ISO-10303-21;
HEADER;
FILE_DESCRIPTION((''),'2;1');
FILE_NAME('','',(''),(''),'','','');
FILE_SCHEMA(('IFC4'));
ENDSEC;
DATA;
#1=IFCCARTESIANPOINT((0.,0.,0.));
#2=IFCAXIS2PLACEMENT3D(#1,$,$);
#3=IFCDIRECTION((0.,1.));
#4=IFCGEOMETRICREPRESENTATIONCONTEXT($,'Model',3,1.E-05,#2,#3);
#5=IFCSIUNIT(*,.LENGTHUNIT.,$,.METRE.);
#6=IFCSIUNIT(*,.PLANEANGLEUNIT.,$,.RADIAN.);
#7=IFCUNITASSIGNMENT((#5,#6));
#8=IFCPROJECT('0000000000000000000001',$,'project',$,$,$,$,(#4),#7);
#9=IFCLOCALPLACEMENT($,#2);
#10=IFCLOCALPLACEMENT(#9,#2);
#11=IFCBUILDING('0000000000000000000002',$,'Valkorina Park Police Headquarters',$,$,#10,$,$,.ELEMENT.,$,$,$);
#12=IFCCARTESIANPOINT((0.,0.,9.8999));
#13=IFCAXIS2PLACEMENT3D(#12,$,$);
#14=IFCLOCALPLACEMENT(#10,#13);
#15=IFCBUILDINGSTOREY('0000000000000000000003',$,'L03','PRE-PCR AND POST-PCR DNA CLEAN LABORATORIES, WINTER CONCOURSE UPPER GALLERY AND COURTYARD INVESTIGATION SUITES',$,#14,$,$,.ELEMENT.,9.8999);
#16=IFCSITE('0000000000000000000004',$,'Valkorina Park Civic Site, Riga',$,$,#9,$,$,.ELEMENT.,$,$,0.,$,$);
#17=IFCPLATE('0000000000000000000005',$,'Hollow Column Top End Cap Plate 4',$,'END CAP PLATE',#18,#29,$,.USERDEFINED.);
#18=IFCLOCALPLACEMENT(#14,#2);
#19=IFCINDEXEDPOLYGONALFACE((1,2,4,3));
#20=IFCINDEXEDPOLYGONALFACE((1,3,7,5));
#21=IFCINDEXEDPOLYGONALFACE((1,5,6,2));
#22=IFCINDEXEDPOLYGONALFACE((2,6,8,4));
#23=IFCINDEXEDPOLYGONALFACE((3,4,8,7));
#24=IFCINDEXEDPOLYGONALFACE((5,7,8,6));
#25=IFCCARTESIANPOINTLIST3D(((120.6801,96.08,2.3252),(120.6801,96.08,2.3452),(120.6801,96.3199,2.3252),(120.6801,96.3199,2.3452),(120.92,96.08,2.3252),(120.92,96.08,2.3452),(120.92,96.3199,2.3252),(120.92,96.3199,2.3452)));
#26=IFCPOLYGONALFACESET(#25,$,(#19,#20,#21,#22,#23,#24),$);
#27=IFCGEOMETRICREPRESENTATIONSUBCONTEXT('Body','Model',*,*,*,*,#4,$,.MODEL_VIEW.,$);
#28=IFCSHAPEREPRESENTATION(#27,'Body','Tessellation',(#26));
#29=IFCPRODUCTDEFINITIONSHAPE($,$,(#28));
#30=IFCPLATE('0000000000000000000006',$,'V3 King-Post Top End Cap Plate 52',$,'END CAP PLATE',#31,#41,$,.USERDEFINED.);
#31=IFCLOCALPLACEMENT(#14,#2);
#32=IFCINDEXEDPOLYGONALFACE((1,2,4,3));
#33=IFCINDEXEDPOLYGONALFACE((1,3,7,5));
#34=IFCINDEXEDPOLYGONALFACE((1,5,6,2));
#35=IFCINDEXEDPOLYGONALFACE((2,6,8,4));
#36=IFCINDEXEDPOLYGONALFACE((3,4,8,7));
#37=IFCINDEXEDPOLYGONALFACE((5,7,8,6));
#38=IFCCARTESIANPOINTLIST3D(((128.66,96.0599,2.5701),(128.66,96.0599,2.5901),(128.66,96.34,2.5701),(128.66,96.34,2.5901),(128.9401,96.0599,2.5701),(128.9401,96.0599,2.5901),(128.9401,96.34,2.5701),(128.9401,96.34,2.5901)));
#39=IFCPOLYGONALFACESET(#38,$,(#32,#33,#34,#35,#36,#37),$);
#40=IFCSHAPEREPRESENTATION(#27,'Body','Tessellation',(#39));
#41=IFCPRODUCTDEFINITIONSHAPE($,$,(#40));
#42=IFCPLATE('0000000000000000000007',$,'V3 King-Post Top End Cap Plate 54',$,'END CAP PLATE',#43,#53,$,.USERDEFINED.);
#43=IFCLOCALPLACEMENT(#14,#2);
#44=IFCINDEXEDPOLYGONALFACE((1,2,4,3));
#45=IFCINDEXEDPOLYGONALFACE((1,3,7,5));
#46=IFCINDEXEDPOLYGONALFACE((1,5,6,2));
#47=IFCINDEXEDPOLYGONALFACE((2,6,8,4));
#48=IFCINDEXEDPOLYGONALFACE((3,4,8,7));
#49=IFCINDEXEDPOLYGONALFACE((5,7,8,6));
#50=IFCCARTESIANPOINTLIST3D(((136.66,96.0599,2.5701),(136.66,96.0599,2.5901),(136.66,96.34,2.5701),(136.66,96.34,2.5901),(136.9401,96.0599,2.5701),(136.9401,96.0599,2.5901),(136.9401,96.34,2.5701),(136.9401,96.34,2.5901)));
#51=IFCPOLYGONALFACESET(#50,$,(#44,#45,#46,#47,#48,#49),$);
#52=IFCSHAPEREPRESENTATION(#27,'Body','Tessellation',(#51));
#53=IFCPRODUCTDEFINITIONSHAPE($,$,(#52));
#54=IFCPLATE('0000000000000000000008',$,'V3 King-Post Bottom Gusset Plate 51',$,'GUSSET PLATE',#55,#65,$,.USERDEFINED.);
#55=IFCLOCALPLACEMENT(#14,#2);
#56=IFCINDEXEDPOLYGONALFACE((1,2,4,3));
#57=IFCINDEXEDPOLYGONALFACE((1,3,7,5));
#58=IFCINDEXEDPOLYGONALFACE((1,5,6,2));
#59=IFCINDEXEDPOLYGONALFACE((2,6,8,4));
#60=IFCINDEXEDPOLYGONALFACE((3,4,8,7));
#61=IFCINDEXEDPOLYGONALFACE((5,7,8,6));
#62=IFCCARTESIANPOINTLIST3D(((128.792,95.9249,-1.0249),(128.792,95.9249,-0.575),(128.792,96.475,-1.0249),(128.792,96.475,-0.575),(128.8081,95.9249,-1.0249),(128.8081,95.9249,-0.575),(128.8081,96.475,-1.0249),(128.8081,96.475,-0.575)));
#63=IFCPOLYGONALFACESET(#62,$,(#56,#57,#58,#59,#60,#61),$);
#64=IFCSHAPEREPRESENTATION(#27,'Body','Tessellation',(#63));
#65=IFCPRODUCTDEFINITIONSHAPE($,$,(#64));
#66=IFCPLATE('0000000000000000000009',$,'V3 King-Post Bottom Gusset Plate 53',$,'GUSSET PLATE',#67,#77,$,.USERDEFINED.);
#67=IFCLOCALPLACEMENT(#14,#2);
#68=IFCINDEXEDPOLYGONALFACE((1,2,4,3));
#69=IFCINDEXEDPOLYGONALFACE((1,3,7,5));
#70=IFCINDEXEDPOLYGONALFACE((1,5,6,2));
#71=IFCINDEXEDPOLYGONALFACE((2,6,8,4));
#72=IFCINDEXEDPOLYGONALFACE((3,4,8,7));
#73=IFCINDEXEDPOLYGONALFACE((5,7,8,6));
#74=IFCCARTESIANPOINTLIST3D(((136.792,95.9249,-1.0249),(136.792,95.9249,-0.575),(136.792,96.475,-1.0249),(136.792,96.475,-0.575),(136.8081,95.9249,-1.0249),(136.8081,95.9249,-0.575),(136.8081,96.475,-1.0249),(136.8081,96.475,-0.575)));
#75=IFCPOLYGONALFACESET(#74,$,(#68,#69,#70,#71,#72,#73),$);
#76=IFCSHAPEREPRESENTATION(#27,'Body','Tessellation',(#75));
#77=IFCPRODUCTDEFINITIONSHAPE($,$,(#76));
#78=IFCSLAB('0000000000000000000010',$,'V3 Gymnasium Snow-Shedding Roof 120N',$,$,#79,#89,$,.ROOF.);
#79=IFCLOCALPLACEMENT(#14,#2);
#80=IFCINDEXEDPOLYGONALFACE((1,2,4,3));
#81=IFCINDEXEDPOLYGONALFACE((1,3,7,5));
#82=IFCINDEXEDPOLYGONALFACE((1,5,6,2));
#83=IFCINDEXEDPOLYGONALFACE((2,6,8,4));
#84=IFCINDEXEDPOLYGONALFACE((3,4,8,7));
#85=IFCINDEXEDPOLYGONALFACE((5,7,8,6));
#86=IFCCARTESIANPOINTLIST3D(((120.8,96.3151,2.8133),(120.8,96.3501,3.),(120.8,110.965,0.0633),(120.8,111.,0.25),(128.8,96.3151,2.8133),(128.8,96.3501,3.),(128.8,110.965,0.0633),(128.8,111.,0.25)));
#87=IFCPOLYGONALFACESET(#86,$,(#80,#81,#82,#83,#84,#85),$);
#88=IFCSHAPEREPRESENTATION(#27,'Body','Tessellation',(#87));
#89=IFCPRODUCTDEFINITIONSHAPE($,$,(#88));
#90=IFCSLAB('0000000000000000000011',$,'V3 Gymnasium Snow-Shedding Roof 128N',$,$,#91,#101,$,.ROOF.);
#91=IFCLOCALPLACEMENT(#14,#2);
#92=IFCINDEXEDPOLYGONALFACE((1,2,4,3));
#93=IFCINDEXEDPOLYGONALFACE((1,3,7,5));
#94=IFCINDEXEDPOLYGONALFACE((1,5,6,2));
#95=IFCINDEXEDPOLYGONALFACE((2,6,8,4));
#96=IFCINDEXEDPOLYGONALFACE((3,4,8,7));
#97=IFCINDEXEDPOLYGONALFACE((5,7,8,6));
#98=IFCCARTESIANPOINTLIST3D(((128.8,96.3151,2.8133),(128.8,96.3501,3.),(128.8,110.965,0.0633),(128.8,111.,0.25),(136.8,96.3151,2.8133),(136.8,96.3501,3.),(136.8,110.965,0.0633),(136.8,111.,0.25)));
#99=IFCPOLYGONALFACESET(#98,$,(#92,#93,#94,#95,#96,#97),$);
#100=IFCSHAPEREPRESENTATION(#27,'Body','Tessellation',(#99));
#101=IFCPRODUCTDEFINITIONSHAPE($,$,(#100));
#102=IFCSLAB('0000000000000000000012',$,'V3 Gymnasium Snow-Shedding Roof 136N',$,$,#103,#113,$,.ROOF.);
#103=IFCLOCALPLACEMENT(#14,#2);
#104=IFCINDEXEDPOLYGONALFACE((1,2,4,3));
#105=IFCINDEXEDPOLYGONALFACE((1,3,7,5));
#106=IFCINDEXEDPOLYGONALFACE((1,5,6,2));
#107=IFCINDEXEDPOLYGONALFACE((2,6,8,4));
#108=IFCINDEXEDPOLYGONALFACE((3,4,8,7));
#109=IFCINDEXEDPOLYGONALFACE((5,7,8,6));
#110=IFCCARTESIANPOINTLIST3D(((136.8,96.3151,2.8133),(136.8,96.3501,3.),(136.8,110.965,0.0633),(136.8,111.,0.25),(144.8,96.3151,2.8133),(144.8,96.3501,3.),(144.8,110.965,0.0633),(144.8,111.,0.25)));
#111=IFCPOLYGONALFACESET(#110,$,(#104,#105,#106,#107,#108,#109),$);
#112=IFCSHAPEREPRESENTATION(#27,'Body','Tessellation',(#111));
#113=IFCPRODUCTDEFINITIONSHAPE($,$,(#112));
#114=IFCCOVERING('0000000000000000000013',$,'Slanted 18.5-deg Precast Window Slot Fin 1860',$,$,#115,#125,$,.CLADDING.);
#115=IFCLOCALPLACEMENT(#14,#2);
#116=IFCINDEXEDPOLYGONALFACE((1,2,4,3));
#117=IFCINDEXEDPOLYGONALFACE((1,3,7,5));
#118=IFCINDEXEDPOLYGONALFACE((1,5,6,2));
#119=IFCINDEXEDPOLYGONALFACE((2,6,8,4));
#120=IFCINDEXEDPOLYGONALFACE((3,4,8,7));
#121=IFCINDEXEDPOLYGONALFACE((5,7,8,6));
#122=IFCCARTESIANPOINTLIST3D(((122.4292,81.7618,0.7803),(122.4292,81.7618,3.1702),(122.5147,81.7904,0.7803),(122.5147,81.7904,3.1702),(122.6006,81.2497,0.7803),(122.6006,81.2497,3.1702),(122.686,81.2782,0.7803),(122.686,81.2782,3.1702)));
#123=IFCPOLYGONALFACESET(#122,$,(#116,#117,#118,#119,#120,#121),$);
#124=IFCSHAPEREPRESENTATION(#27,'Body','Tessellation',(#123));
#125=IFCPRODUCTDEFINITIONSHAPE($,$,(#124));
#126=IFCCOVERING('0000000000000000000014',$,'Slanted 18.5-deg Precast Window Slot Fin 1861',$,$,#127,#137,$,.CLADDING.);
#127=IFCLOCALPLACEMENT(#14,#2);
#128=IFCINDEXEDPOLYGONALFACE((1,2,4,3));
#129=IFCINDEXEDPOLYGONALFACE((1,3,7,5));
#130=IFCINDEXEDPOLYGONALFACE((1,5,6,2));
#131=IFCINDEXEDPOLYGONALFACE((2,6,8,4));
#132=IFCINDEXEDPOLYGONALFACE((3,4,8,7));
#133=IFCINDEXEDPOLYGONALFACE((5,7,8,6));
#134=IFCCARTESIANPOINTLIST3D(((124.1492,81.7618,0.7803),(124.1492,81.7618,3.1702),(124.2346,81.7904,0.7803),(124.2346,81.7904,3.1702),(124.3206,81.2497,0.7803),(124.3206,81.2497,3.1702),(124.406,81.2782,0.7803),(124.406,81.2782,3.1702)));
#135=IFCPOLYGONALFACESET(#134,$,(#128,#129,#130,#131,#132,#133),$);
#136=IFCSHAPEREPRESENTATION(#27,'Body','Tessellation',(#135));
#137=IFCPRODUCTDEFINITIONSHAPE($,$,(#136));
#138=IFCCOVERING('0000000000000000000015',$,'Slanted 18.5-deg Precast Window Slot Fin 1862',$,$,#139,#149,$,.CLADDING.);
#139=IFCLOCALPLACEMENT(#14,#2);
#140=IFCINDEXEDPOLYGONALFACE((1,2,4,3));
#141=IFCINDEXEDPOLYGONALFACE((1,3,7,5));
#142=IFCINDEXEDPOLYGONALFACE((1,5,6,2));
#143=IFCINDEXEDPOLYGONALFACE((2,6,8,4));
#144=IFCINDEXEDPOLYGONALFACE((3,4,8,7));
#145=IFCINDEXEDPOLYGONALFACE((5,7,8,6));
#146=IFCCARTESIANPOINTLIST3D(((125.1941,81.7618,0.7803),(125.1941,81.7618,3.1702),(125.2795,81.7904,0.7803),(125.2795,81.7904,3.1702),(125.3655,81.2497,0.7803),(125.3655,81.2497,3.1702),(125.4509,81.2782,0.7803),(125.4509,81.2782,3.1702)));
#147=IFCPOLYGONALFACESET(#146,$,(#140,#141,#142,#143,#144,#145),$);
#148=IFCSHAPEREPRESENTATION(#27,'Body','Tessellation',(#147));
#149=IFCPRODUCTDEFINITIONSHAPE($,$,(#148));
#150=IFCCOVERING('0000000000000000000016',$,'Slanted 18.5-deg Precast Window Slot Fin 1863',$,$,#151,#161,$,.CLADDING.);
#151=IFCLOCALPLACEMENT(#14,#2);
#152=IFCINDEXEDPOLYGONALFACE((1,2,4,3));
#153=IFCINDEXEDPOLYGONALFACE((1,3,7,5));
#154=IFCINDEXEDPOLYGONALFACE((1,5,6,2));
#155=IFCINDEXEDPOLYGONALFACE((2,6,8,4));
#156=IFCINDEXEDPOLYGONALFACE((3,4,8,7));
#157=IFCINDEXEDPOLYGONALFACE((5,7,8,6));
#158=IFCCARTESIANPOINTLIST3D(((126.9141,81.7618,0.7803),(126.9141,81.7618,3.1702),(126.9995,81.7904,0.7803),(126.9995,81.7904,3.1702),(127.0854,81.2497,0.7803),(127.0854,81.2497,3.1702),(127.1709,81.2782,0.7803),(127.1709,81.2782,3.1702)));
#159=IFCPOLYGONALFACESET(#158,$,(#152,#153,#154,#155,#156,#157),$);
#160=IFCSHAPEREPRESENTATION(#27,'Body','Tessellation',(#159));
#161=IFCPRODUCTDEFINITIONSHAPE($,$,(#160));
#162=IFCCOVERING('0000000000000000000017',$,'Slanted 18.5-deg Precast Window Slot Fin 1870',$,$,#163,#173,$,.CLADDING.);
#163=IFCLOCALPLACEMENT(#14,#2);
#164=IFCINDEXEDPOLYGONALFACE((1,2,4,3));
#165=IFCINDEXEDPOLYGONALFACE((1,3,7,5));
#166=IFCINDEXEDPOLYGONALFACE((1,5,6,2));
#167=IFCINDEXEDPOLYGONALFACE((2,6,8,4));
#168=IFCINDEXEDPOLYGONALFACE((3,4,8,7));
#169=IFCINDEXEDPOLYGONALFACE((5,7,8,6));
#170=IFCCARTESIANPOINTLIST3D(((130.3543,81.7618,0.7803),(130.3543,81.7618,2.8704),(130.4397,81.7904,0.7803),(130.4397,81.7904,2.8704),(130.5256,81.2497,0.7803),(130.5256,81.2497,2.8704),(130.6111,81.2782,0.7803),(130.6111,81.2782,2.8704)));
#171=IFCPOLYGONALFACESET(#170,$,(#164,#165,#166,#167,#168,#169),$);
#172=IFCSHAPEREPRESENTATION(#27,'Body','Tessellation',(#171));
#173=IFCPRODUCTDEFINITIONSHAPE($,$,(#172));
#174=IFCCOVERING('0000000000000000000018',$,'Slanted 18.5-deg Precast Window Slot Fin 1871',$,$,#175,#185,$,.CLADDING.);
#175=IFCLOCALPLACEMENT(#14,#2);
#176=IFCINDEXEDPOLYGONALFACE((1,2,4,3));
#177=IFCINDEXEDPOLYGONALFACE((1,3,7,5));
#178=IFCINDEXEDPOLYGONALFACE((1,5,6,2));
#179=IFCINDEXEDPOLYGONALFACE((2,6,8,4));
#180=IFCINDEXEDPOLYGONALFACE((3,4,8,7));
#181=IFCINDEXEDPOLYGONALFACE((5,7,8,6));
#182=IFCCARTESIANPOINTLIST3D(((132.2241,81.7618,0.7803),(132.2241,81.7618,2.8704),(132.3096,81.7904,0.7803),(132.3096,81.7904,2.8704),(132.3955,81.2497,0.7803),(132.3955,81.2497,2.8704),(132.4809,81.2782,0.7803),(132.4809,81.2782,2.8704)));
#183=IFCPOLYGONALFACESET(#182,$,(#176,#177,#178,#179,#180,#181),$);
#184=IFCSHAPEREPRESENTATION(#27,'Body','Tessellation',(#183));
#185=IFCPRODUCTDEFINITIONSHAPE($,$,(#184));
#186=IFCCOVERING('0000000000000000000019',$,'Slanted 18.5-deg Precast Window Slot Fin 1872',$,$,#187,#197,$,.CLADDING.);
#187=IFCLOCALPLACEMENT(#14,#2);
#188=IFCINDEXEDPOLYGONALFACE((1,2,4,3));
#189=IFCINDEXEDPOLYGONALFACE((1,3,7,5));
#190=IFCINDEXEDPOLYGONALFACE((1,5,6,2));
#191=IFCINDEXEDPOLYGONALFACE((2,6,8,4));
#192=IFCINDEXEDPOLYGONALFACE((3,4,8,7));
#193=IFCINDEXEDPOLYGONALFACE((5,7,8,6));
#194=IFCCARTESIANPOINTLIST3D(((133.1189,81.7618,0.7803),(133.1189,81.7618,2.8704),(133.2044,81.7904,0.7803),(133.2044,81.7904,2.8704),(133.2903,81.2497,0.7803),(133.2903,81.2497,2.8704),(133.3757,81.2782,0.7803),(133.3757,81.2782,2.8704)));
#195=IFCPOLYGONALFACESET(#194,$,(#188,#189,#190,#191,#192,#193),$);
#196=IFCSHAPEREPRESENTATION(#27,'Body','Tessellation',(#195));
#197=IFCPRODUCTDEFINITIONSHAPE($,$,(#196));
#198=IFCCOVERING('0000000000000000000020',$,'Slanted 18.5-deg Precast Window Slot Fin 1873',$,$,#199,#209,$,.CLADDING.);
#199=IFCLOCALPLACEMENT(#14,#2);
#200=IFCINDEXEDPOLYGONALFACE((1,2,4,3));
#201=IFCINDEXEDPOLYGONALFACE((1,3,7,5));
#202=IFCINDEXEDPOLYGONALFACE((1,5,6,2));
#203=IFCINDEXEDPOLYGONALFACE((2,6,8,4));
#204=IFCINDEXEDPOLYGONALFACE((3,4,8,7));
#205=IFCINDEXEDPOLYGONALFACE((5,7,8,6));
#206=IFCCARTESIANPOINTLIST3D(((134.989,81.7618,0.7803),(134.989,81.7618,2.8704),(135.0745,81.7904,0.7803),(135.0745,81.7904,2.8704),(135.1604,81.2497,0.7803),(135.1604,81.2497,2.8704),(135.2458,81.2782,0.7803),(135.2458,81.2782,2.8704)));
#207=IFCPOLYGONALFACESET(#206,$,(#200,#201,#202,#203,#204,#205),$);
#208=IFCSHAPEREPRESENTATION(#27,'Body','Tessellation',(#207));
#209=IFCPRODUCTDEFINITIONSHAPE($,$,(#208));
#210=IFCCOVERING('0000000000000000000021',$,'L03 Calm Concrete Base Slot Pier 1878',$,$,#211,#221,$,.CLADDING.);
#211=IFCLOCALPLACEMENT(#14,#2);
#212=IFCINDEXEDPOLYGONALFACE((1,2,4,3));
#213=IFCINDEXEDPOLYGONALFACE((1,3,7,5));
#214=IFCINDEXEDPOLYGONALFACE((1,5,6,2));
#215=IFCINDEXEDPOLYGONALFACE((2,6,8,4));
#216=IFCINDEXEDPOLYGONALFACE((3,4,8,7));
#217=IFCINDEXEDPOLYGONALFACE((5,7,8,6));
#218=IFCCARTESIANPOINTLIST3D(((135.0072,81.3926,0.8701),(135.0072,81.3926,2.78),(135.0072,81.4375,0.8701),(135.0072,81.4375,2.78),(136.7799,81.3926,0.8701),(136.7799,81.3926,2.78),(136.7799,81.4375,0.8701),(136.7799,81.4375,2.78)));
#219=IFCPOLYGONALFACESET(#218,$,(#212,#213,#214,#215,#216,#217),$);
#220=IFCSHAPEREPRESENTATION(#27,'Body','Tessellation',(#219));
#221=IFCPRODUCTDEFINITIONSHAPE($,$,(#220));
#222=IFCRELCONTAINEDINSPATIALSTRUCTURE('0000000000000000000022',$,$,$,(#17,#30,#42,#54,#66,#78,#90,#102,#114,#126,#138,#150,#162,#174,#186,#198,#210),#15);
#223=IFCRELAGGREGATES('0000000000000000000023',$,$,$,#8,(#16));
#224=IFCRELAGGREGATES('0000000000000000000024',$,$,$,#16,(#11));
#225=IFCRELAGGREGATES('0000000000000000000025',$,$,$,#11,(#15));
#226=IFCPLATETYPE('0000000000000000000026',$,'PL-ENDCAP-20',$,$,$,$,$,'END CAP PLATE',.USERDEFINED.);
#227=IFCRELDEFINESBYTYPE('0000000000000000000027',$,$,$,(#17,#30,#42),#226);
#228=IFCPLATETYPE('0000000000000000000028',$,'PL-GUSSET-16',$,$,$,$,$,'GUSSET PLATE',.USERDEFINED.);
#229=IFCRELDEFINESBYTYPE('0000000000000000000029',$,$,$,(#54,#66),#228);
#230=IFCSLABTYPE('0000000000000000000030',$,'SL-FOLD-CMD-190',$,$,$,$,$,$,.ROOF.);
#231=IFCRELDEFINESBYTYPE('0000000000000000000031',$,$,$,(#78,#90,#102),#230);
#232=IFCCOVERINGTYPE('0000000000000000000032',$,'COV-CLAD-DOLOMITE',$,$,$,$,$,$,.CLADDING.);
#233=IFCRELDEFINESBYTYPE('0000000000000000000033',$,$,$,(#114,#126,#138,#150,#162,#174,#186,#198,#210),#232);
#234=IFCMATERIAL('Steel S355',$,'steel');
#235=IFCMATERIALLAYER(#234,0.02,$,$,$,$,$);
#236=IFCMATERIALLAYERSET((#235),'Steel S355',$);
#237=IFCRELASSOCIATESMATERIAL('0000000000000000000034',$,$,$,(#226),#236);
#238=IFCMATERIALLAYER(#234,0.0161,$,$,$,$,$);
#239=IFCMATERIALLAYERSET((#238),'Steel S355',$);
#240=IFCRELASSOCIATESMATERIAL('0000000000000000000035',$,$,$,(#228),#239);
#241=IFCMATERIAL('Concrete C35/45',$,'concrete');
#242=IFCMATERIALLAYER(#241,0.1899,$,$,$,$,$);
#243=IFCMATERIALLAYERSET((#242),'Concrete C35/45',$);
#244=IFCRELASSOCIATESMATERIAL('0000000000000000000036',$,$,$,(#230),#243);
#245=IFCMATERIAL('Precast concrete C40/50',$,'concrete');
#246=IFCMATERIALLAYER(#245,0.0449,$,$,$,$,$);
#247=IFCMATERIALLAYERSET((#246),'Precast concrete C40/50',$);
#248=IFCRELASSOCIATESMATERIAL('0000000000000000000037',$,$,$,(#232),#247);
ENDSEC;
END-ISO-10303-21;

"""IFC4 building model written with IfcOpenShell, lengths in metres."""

from ifc_helpers import new_model, si_unit, direction, frame, frame_2d, origin, origin_2d, place, context, subcontext, project, spatial, polyline, rectangle, outline, extrude, material, layer, layer_set, type_object, element, save


model = new_model("IFC4")

# Units and contexts
model_context = context("Model", 3, precision=1e-05, world=origin(), true_north=direction((0.0, 1.0)))
body_context = subcontext(model_context, "Body", "Model", "MODEL_VIEW")
ifc_project = project(units=[si_unit("LENGTHUNIT", "METRE"), si_unit("PLANEANGLEUNIT", "RADIAN")], contexts=[model_context])

# Site, building, storey
site_placement = place(None, origin())
site = spatial("IfcSite", under=ifc_project, at=site_placement, Name="Valkorina Park Civic Site, Riga", CompositionType="ELEMENT", RefElevation=0.0)
building_placement = place(site_placement, origin())
building = spatial("IfcBuilding", under=site, at=building_placement, Name="Valkorina Park Police Headquarters", CompositionType="ELEMENT")
storey_placement = place(building_placement, frame((0.0, 0.0, 9.8999)))
storey = spatial("IfcBuildingStorey", under=building, at=storey_placement, Name="L03", Description="PRE-PCR AND POST-PCR DNA CLEAN LABORATORIES, WINTER CONCOURSE UPPER GALLERY AND COURTYARD INVESTIGATION SUITES", CompositionType="ELEMENT", Elevation=9.8999)

# Shared definitions
ifc_material_1 = material(Name="Steel S355", Category="steel")

# Plates
ifc_layer_1 = layer(ifc_material_1, 0.02)
ifc_layer_set_1 = layer_set([ifc_layer_1], Name="Steel S355")
plate_type_1 = type_object("IfcPlateType", Name="PL-ENDCAP-20", ElementType="END CAP PLATE", PredefinedType="USERDEFINED", material=ifc_layer_set_1)
plate_placement = place(storey_placement, frame((120.8, 96.2, 2.3252), z_axis=(0.0, 0.0, 1.0), x_axis=(1.0, 0.0, 0.0)))
element("IfcPlate", 1, at=plate_placement, inside=storey, type_object=plate_type_1, Name="Hollow Column Top End Cap Plate 4", ObjectType="END CAP PLATE", PredefinedType="USERDEFINED", context=body_context, shape_type="SweptSolid", body=[
    extrude(rectangle(XDim=0.24, YDim=0.24, at=origin_2d()), origin(), (0.0, 0.0, 1.0), 0.02),
])
for number, where, z_axis, x_axis, name in (
    (2, (128.8, 96.2, 2.5701), (0.0, 0.0, 1.0), (1.0, 0.0, 0.0), "V3 King-Post Top End Cap Plate 52"),
    (3, (136.8, 96.2, 2.5701), (0.0, 0.0, 1.0), (1.0, 0.0, 0.0), "V3 King-Post Top End Cap Plate 54"),
):
    element("IfcPlate", number, at=place(storey_placement, frame(where, z_axis=z_axis, x_axis=x_axis)), inside=storey, type_object=plate_type_1, Name=name, ObjectType="END CAP PLATE", PredefinedType="USERDEFINED", context=body_context, shape_type="SweptSolid", body=[
        extrude(rectangle(XDim=0.28, YDim=0.28, at=origin_2d()), origin(), (0.0, 0.0, 1.0), 0.02),
    ])
ifc_layer_2 = layer(ifc_material_1, 0.0161)
ifc_layer_set_2 = layer_set([ifc_layer_2], Name="Steel S355")
plate_type_2 = type_object("IfcPlateType", Name="PL-GUSSET-16", ElementType="GUSSET PLATE", PredefinedType="USERDEFINED", material=ifc_layer_set_2)
for number, where, z_axis, x_axis, name in (
    (4, (128.8, 96.2, -1.0249), (0.0, 0.0, 1.0), (1.0, 0.0, 0.0), "V3 King-Post Bottom Gusset Plate 51"),
    (5, (136.8, 96.2, -1.0249), (0.0, 0.0, 1.0), (1.0, 0.0, 0.0), "V3 King-Post Bottom Gusset Plate 53"),
):
    element("IfcPlate", number, at=place(storey_placement, frame(where, z_axis=z_axis, x_axis=x_axis)), inside=storey, type_object=plate_type_2, Name=name, ObjectType="GUSSET PLATE", PredefinedType="USERDEFINED", context=body_context, shape_type="SweptSolid", body=[
        extrude(rectangle(XDim=0.0161, YDim=0.55, at=origin_2d()), origin(), (0.0, 0.0, 1.0), 0.45),
    ])

# Slabs
ifc_material_2 = material(Name="Concrete C35/45", Category="concrete")
ifc_layer_3 = layer(ifc_material_2, 0.1899)
ifc_layer_set_3 = layer_set([ifc_layer_3], Name="Concrete C35/45")
slab_type = type_object("IfcSlabType", Name="SL-FOLD-CMD-190", PredefinedType="ROOF", material=ifc_layer_set_3)
for number, where, z_axis, x_axis, name in (
    (6, (120.8, 96.3501, 3.0), (0.0, 0.184492, 0.982834), (1.0, 0.0, 0.0), "V3 Gymnasium Snow-Shedding Roof 120N"),
    (7, (128.8, 96.3501, 3.0), (0.0, 0.184492, 0.982834), (1.0, 0.0, 0.0), "V3 Gymnasium Snow-Shedding Roof 128N"),
    (8, (136.8, 96.3501, 3.0), (0.0, 0.184492, 0.982834), (1.0, 0.0, 0.0), "V3 Gymnasium Snow-Shedding Roof 136N"),
):
    element("IfcSlab", number, at=place(storey_placement, frame(where, z_axis=z_axis, x_axis=x_axis)), inside=storey, type_object=slab_type, Name=name, PredefinedType="ROOF", context=body_context, shape_type="SweptSolid", body=[
        extrude(outline(polyline([(0.0, 0.0), (8.0, 0.0), (8.0, 14.9058), (0.0, 14.9058), (0.0, 0.0)])), origin(), (0.0, 0.0, -1.0), 0.1899),
    ])

# Coverings
ifc_material_3 = material(Name="Precast concrete C40/50", Category="concrete")
ifc_layer_4 = layer(ifc_material_3, 0.0449)
ifc_layer_set_4 = layer_set([ifc_layer_4], Name="Precast concrete C40/50")
covering_type = type_object("IfcCoveringType", Name="COV-CLAD-DOLOMITE", PredefinedType="CLADDING", material=ifc_layer_set_4)
for number, where, z_axis, x_axis, name in (
    (9, (122.5576, 81.52, 0.7803), (0.0, 0.0, 1.0), (-0.317305, 0.948324, 0.0), "Slanted 18.5-deg Precast Window Slot Fin 1860"),
    (10, (124.2776, 81.52, 0.7803), (0.0, 0.0, 1.0), (-0.317305, 0.948324, 0.0), "Slanted 18.5-deg Precast Window Slot Fin 1861"),
    (11, (125.3225, 81.52, 0.7803), (0.0, 0.0, 1.0), (-0.317305, 0.948324, 0.0), "Slanted 18.5-deg Precast Window Slot Fin 1862"),
    (12, (127.0425, 81.52, 0.7803), (0.0, 0.0, 1.0), (-0.317305, 0.948324, 0.0), "Slanted 18.5-deg Precast Window Slot Fin 1863"),
):
    element("IfcCovering", number, at=place(storey_placement, frame(where, z_axis=z_axis, x_axis=x_axis)), inside=storey, type_object=covering_type, Name=name, PredefinedType="CLADDING", context=body_context, shape_type="SweptSolid", body=[
        extrude(rectangle(XDim=0.54, YDim=0.0901, at=origin_2d()), origin(), (0.0, 0.0, 1.0), 2.3899),
    ])
for number, where, z_axis, x_axis, name in (
    (13, (130.4827, 81.52, 0.7803), (0.0, 0.0, 1.0), (-0.317305, 0.948324, 0.0), "Slanted 18.5-deg Precast Window Slot Fin 1870"),
    (14, (132.3525, 81.52, 0.7803), (0.0, 0.0, 1.0), (-0.317305, 0.948324, 0.0), "Slanted 18.5-deg Precast Window Slot Fin 1871"),
    (15, (133.2473, 81.52, 0.7803), (0.0, 0.0, 1.0), (-0.317305, 0.948324, 0.0), "Slanted 18.5-deg Precast Window Slot Fin 1872"),
    (16, (135.1174, 81.52, 0.7803), (0.0, 0.0, 1.0), (-0.317305, 0.948324, 0.0), "Slanted 18.5-deg Precast Window Slot Fin 1873"),
):
    element("IfcCovering", number, at=place(storey_placement, frame(where, z_axis=z_axis, x_axis=x_axis)), inside=storey, type_object=covering_type, Name=name, PredefinedType="CLADDING", context=body_context, shape_type="SweptSolid", body=[
        extrude(rectangle(XDim=0.54, YDim=0.0901, at=origin_2d()), origin(), (0.0, 0.0, 1.0), 2.0901),
    ])
covering_1_placement = place(storey_placement, frame((135.0073, 81.415, 0.8701), z_axis=(0.0, 0.0, 1.0), x_axis=(1.0, 0.0, 0.0)))
element("IfcCovering", 17, at=covering_1_placement, inside=storey, type_object=covering_type, Name="L03 Calm Concrete Base Slot Pier 1878", PredefinedType="CLADDING", context=body_context, shape_type="SweptSolid", body=[
    extrude(rectangle(XDim=1.7727, YDim=0.0449, at=frame_2d((0.8862, 0.0))), origin(), (0.0, 0.0, 1.0), 1.9099),
])

save(model, "model.ifc")
